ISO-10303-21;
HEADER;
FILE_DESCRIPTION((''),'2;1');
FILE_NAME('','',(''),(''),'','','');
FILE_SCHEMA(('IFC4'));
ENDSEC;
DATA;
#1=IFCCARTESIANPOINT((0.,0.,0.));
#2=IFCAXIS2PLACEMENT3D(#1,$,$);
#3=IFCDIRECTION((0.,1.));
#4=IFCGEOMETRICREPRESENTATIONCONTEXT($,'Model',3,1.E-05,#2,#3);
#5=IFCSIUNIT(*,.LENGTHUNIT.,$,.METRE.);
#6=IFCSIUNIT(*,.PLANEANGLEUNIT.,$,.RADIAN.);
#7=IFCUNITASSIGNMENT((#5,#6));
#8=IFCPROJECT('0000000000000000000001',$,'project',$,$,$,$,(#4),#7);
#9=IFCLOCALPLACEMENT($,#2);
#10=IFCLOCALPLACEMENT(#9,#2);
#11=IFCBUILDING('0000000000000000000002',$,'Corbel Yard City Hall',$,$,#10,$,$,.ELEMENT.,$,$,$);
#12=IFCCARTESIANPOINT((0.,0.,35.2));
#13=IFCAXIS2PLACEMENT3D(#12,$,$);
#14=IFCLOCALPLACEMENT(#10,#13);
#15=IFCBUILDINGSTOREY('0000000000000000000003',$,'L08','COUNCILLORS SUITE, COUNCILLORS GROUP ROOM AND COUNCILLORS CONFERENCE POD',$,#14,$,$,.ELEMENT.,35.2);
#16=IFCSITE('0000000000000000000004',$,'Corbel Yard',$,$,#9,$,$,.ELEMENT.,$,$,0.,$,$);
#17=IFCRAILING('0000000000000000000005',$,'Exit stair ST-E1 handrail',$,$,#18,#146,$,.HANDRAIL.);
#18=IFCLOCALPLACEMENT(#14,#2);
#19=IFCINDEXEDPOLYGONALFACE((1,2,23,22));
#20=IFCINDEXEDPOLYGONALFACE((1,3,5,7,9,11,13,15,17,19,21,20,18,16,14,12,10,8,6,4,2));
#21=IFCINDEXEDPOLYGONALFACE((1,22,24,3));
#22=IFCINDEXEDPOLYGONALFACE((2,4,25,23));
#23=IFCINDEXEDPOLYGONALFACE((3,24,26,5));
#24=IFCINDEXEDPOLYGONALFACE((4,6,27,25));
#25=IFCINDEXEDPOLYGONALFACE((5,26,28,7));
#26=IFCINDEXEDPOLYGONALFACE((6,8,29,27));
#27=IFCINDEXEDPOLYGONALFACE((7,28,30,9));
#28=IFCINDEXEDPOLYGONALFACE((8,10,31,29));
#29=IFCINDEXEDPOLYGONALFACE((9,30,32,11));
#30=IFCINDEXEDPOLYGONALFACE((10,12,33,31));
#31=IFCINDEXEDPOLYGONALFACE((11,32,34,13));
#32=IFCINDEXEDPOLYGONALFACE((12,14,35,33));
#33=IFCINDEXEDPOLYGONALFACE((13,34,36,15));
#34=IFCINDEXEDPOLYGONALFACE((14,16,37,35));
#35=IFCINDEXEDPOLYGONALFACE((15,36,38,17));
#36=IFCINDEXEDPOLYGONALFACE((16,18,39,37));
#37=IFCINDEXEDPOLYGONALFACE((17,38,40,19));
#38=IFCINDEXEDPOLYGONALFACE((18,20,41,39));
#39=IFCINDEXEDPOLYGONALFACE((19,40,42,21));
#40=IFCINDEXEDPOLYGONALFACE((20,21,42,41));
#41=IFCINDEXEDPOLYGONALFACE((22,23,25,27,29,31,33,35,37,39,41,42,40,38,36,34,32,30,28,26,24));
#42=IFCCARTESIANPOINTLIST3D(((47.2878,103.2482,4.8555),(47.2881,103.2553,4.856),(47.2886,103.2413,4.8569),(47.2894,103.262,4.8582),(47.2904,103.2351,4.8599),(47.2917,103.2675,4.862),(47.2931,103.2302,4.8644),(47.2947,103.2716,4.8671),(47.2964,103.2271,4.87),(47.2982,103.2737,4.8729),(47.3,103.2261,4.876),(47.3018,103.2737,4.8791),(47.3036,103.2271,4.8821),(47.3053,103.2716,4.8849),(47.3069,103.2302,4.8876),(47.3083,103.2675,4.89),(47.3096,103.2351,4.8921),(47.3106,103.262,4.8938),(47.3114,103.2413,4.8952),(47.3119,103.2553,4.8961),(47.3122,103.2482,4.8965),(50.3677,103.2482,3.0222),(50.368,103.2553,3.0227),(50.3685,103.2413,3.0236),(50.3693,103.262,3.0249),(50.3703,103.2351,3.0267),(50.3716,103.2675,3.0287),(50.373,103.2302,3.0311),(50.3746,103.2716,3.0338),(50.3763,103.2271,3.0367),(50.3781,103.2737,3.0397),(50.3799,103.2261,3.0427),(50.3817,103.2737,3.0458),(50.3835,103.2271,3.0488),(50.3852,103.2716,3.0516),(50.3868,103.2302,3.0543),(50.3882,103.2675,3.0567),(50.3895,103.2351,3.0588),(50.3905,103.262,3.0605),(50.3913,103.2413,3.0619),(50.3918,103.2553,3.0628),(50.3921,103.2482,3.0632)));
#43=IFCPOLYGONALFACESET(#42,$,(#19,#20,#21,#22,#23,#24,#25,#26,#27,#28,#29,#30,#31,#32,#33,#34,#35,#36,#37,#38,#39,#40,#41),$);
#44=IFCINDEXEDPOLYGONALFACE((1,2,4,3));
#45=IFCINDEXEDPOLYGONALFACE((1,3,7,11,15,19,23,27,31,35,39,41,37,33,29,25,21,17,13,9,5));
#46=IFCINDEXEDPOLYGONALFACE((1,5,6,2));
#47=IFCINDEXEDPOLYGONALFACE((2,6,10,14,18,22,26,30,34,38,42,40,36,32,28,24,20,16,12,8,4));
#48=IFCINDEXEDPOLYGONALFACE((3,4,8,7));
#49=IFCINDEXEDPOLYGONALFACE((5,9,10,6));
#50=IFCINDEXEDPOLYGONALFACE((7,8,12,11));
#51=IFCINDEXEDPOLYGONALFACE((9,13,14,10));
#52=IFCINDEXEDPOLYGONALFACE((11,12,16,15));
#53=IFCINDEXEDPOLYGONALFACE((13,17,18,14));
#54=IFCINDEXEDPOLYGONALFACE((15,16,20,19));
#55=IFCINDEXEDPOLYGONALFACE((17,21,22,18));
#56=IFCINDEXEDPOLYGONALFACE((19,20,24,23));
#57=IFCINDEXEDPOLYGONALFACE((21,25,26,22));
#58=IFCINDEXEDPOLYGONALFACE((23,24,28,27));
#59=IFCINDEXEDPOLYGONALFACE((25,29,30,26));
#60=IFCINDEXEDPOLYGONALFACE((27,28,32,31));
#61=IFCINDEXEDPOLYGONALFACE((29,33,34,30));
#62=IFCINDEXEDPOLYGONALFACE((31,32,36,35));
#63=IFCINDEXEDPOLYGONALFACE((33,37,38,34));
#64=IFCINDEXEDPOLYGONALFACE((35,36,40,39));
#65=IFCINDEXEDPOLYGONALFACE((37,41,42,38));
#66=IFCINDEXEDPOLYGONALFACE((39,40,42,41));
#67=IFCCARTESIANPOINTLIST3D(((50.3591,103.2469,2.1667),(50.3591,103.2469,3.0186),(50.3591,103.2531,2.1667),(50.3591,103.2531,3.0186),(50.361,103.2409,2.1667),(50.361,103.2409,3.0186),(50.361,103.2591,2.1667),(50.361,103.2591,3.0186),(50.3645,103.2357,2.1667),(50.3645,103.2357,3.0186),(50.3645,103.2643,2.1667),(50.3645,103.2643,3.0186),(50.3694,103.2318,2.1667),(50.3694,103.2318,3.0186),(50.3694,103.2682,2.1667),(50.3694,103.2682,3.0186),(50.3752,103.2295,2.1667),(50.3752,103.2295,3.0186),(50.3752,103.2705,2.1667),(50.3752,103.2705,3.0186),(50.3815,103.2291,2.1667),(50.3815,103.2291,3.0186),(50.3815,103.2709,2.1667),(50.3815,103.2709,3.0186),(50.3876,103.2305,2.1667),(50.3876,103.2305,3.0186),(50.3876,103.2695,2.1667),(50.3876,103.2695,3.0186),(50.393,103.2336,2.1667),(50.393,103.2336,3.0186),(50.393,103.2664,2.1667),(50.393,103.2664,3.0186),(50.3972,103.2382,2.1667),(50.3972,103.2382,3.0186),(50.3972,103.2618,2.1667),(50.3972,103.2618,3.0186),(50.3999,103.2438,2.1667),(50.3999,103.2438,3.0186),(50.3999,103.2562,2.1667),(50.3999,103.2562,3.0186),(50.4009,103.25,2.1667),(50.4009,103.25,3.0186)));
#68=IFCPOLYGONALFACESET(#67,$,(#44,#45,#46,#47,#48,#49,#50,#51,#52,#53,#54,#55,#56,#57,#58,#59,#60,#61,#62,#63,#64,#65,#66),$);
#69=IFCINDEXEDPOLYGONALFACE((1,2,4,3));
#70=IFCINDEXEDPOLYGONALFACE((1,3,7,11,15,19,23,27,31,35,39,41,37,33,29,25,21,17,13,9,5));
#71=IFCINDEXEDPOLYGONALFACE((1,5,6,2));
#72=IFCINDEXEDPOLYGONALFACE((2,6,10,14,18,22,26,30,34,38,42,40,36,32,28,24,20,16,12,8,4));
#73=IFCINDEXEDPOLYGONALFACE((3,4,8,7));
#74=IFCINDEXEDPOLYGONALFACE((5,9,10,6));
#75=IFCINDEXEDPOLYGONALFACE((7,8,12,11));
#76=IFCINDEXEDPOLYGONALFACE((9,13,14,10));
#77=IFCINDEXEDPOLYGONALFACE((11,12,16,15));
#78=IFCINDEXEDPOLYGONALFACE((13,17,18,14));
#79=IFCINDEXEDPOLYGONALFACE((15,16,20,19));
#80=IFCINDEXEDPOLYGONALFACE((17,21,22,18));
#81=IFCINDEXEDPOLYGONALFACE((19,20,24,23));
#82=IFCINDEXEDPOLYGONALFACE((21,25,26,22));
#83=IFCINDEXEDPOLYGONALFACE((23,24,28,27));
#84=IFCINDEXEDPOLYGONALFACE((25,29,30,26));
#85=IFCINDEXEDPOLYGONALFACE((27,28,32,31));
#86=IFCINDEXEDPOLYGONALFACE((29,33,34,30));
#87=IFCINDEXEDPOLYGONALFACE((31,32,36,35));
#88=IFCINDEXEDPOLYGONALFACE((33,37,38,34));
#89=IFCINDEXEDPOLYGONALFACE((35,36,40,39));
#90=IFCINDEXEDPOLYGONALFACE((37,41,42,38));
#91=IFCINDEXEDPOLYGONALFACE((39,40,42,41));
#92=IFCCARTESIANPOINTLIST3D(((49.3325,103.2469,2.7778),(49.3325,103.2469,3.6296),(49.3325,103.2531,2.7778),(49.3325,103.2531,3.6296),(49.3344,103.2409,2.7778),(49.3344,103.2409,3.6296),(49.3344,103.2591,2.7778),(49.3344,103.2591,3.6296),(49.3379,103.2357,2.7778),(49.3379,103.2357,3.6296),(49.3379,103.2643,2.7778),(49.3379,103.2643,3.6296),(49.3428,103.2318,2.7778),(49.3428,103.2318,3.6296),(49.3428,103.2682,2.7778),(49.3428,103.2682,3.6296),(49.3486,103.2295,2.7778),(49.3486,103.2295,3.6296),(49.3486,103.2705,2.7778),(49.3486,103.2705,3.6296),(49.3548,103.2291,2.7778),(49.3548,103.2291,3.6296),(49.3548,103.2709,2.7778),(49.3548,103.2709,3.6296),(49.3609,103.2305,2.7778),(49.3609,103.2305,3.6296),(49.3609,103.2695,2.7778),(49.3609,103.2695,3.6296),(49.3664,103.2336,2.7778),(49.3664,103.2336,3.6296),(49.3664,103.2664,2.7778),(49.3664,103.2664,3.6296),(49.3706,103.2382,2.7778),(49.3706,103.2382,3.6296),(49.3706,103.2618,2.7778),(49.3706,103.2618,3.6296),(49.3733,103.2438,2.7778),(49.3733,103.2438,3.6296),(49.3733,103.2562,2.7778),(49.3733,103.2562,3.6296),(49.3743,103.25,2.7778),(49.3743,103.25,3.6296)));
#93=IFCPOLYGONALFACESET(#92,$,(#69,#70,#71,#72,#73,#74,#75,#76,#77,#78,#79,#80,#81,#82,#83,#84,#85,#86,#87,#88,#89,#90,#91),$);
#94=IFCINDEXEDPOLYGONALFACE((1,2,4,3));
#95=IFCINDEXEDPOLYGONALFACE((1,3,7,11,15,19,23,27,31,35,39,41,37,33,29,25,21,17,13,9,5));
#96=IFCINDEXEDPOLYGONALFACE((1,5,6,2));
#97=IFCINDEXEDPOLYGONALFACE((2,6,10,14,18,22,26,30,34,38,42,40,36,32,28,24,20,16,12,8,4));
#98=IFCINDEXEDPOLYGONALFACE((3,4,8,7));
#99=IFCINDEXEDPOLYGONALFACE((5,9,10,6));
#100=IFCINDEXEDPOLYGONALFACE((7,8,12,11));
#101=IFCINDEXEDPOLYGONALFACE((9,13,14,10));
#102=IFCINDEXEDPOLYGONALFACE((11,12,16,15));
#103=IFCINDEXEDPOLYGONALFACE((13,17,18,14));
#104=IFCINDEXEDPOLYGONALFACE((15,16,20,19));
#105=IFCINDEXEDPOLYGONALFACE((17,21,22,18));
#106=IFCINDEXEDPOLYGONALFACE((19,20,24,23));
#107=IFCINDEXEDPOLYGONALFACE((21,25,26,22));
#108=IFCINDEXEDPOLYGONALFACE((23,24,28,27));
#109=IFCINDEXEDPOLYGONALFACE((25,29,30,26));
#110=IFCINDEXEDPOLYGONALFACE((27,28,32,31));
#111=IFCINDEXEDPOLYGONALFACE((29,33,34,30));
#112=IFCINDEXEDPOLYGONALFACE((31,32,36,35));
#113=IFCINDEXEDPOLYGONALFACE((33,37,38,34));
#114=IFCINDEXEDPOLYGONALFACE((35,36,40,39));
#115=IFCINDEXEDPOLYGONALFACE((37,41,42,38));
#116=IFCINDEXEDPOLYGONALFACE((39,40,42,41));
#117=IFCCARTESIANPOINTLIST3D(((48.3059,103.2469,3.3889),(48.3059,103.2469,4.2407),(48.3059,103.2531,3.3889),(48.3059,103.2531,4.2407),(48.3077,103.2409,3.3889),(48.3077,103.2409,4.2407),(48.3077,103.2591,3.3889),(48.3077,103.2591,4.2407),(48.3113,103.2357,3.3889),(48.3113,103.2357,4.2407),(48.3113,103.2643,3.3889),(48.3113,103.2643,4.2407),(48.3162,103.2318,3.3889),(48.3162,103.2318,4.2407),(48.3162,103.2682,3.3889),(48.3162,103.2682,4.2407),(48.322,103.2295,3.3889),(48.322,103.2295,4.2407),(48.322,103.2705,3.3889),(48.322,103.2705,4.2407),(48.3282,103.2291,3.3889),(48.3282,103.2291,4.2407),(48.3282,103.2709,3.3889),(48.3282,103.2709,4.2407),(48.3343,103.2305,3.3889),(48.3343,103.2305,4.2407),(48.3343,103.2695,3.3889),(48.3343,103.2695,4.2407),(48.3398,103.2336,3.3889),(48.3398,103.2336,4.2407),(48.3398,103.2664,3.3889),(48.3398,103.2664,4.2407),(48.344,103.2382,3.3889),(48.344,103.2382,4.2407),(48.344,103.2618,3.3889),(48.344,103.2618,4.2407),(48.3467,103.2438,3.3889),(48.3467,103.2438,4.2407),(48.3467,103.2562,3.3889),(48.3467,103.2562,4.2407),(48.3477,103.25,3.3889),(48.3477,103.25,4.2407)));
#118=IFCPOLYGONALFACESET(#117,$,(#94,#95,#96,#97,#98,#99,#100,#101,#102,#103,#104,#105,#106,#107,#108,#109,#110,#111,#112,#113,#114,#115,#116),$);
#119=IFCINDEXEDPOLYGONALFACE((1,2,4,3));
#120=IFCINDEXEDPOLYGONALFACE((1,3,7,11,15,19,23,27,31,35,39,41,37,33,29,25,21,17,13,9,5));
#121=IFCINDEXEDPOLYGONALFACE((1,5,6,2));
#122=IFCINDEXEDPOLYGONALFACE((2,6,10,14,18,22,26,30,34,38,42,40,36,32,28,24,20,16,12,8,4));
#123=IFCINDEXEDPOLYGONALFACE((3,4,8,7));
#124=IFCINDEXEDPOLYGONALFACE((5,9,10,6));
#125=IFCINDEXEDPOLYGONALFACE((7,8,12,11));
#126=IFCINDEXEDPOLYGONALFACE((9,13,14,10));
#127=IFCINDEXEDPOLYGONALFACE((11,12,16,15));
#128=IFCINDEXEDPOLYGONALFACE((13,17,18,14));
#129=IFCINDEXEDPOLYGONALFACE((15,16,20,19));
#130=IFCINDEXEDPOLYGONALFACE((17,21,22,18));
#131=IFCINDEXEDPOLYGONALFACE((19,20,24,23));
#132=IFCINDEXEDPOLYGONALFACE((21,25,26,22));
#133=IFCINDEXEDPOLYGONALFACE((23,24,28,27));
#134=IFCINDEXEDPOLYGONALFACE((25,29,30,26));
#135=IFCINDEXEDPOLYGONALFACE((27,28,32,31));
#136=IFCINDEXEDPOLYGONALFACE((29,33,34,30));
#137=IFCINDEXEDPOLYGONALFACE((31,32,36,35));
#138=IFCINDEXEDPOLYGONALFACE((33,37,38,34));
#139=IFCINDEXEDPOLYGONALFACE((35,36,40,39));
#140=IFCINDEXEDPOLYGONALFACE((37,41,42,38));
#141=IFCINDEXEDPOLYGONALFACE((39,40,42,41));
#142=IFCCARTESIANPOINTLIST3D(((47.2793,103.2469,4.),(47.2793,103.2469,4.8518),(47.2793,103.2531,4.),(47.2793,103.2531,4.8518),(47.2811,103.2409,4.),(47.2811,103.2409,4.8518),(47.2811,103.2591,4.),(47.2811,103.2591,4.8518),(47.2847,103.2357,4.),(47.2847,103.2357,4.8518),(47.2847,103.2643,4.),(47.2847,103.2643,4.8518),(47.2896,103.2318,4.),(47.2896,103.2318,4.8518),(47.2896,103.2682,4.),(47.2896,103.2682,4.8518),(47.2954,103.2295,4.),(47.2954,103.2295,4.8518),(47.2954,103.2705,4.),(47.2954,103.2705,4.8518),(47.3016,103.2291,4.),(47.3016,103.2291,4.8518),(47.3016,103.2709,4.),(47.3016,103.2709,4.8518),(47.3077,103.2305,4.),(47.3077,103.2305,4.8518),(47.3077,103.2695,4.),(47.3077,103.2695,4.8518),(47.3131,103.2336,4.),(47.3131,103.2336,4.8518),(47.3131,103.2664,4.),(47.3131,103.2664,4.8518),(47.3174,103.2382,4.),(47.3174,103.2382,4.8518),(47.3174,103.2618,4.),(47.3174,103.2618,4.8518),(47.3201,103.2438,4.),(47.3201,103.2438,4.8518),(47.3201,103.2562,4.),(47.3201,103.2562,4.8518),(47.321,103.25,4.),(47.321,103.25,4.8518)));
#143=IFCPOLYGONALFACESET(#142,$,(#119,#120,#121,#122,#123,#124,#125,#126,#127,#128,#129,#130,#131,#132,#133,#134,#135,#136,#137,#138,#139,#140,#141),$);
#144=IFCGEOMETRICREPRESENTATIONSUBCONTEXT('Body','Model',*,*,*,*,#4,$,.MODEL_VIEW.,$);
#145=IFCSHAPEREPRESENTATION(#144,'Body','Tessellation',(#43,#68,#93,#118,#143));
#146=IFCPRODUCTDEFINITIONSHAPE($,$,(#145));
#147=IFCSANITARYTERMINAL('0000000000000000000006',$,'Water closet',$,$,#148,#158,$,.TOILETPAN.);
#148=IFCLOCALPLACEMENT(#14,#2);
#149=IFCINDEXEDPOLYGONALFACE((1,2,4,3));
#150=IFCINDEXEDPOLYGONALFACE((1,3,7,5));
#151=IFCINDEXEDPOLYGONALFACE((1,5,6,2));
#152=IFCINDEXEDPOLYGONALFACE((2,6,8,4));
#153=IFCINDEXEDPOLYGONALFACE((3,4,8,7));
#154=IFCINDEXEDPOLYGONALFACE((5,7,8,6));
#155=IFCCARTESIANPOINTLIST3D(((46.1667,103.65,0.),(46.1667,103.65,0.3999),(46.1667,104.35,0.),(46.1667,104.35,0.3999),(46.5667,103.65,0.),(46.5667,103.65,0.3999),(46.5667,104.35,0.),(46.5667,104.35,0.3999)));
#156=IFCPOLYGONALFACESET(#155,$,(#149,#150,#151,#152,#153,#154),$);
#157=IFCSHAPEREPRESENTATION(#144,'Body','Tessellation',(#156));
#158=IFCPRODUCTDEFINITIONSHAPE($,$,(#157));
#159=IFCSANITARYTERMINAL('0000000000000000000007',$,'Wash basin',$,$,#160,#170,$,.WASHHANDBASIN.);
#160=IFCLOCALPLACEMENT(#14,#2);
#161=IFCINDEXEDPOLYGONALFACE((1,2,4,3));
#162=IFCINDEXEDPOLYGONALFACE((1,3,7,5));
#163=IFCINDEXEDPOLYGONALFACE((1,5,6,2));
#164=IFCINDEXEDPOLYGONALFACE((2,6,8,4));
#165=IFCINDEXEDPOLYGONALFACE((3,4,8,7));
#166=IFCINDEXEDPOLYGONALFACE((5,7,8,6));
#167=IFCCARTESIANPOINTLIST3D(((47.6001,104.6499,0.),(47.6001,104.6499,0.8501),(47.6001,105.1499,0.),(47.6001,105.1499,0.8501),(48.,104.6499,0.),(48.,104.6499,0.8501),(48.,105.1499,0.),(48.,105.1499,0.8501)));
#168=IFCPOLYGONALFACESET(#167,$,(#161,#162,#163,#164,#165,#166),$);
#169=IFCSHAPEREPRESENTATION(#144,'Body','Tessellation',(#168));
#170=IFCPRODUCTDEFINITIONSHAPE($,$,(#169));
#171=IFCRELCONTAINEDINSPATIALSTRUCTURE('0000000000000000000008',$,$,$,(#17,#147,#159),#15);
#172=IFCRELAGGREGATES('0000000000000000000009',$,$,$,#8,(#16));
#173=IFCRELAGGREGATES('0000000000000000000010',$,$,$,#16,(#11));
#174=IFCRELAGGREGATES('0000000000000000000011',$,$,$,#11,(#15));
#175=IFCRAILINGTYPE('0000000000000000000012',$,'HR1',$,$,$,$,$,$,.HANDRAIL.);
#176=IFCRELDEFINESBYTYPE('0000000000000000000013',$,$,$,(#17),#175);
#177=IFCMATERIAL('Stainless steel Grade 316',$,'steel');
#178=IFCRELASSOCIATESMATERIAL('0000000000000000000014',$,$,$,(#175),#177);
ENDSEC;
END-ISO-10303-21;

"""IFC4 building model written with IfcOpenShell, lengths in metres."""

from ifc_helpers import new_model, si_unit, direction, frame, origin, origin_2d, place, context, subcontext, project, spatial, rectangle, circle, extrude, material, type_object, element, save


model = new_model("IFC4")

# Units and contexts
model_context = context("Model", 3, precision=1e-05, world=origin(), true_north=direction((0.0, 1.0)))
body_context = subcontext(model_context, "Body", "Model", "MODEL_VIEW")
ifc_project = project(units=[si_unit("LENGTHUNIT", "METRE"), si_unit("PLANEANGLEUNIT", "RADIAN")], contexts=[model_context])

# Site, building, storey
site_placement = place(None, origin())
site = spatial("IfcSite", under=ifc_project, at=site_placement, Name="Corbel Yard", CompositionType="ELEMENT", RefElevation=0.0)
building_placement = place(site_placement, origin())
building = spatial("IfcBuilding", under=site, at=building_placement, Name="Corbel Yard City Hall", CompositionType="ELEMENT")
storey_placement = place(building_placement, frame((0.0, 0.0, 35.2)))
storey = spatial("IfcBuildingStorey", under=building, at=storey_placement, Name="L08", Description="COUNCILLORS SUITE, COUNCILLORS GROUP ROOM AND COUNCILLORS CONFERENCE POD", CompositionType="ELEMENT", Elevation=35.2)

# Shared definitions
ifc_material_1 = material(Name="Stainless steel Grade 316", Category="steel")

# Railing
railing_type = type_object("IfcRailingType", Name="HR1", PredefinedType="HANDRAIL", material=ifc_material_1)
for number, where, name in (
    (1, (50.3799, 103.25, 2.1667), "Exit stair ST-E1 handrail"),
):
    element("IfcRailing", number, at=place(storey_placement, frame(where)), inside=storey, type_object=railing_type, Name=name, PredefinedType="HANDRAIL", context=body_context, shape_type="SweptSolid", body=[
        extrude(circle(Radius=0.0239, at=origin_2d()), frame((0.0, 0.0, 0.876), z_axis=(-0.859291, 0.0, 0.511487), x_axis=(0.0, -1.0, 0.0)), (0.0, 0.0, 1.0), 3.5842),
        extrude(circle(Radius=0.021, at=origin_2d()), origin(), (0.0, 0.0, 1.0), 0.8518),
        extrude(circle(Radius=0.021, at=origin_2d()), frame((-1.0266, 0.0, 0.6111)), (0.0, 0.0, 1.0), 0.8518),
        extrude(circle(Radius=0.021, at=origin_2d()), frame((-2.0532, 0.0, 1.2222)), (0.0, 0.0, 1.0), 0.8518),
        extrude(circle(Radius=0.021, at=origin_2d()), frame((-3.0798, 0.0, 1.8333)), (0.0, 0.0, 1.0), 0.8518),
    ])

# Sanitary terminals
sanitary_terminal_1_placement = place(storey_placement, frame((46.3667, 104.0, 0.0), z_axis=(0.0, 0.0, 1.0), x_axis=(1.0, 0.0, 0.0)))
element("IfcSanitaryTerminal", 2, at=sanitary_terminal_1_placement, inside=storey, Name="Water closet", PredefinedType="TOILETPAN", context=body_context, shape_type="SweptSolid", body=[
    extrude(rectangle(XDim=0.3999, YDim=0.7, at=origin_2d()), origin(), (0.0, 0.0, 1.0), 0.3999),
])
sanitary_terminal_2_placement = place(storey_placement, frame((47.8, 104.8999, 0.0), z_axis=(0.0, 0.0, 1.0), x_axis=(1.0, 0.0, 0.0)))
element("IfcSanitaryTerminal", 3, at=sanitary_terminal_2_placement, inside=storey, Name="Wash basin", PredefinedType="WASHHANDBASIN", context=body_context, shape_type="SweptSolid", body=[
    extrude(rectangle(XDim=0.3999, YDim=0.5, at=origin_2d()), origin(), (0.0, 0.0, 1.0), 0.8501),
])

save(model, "model.ifc")
